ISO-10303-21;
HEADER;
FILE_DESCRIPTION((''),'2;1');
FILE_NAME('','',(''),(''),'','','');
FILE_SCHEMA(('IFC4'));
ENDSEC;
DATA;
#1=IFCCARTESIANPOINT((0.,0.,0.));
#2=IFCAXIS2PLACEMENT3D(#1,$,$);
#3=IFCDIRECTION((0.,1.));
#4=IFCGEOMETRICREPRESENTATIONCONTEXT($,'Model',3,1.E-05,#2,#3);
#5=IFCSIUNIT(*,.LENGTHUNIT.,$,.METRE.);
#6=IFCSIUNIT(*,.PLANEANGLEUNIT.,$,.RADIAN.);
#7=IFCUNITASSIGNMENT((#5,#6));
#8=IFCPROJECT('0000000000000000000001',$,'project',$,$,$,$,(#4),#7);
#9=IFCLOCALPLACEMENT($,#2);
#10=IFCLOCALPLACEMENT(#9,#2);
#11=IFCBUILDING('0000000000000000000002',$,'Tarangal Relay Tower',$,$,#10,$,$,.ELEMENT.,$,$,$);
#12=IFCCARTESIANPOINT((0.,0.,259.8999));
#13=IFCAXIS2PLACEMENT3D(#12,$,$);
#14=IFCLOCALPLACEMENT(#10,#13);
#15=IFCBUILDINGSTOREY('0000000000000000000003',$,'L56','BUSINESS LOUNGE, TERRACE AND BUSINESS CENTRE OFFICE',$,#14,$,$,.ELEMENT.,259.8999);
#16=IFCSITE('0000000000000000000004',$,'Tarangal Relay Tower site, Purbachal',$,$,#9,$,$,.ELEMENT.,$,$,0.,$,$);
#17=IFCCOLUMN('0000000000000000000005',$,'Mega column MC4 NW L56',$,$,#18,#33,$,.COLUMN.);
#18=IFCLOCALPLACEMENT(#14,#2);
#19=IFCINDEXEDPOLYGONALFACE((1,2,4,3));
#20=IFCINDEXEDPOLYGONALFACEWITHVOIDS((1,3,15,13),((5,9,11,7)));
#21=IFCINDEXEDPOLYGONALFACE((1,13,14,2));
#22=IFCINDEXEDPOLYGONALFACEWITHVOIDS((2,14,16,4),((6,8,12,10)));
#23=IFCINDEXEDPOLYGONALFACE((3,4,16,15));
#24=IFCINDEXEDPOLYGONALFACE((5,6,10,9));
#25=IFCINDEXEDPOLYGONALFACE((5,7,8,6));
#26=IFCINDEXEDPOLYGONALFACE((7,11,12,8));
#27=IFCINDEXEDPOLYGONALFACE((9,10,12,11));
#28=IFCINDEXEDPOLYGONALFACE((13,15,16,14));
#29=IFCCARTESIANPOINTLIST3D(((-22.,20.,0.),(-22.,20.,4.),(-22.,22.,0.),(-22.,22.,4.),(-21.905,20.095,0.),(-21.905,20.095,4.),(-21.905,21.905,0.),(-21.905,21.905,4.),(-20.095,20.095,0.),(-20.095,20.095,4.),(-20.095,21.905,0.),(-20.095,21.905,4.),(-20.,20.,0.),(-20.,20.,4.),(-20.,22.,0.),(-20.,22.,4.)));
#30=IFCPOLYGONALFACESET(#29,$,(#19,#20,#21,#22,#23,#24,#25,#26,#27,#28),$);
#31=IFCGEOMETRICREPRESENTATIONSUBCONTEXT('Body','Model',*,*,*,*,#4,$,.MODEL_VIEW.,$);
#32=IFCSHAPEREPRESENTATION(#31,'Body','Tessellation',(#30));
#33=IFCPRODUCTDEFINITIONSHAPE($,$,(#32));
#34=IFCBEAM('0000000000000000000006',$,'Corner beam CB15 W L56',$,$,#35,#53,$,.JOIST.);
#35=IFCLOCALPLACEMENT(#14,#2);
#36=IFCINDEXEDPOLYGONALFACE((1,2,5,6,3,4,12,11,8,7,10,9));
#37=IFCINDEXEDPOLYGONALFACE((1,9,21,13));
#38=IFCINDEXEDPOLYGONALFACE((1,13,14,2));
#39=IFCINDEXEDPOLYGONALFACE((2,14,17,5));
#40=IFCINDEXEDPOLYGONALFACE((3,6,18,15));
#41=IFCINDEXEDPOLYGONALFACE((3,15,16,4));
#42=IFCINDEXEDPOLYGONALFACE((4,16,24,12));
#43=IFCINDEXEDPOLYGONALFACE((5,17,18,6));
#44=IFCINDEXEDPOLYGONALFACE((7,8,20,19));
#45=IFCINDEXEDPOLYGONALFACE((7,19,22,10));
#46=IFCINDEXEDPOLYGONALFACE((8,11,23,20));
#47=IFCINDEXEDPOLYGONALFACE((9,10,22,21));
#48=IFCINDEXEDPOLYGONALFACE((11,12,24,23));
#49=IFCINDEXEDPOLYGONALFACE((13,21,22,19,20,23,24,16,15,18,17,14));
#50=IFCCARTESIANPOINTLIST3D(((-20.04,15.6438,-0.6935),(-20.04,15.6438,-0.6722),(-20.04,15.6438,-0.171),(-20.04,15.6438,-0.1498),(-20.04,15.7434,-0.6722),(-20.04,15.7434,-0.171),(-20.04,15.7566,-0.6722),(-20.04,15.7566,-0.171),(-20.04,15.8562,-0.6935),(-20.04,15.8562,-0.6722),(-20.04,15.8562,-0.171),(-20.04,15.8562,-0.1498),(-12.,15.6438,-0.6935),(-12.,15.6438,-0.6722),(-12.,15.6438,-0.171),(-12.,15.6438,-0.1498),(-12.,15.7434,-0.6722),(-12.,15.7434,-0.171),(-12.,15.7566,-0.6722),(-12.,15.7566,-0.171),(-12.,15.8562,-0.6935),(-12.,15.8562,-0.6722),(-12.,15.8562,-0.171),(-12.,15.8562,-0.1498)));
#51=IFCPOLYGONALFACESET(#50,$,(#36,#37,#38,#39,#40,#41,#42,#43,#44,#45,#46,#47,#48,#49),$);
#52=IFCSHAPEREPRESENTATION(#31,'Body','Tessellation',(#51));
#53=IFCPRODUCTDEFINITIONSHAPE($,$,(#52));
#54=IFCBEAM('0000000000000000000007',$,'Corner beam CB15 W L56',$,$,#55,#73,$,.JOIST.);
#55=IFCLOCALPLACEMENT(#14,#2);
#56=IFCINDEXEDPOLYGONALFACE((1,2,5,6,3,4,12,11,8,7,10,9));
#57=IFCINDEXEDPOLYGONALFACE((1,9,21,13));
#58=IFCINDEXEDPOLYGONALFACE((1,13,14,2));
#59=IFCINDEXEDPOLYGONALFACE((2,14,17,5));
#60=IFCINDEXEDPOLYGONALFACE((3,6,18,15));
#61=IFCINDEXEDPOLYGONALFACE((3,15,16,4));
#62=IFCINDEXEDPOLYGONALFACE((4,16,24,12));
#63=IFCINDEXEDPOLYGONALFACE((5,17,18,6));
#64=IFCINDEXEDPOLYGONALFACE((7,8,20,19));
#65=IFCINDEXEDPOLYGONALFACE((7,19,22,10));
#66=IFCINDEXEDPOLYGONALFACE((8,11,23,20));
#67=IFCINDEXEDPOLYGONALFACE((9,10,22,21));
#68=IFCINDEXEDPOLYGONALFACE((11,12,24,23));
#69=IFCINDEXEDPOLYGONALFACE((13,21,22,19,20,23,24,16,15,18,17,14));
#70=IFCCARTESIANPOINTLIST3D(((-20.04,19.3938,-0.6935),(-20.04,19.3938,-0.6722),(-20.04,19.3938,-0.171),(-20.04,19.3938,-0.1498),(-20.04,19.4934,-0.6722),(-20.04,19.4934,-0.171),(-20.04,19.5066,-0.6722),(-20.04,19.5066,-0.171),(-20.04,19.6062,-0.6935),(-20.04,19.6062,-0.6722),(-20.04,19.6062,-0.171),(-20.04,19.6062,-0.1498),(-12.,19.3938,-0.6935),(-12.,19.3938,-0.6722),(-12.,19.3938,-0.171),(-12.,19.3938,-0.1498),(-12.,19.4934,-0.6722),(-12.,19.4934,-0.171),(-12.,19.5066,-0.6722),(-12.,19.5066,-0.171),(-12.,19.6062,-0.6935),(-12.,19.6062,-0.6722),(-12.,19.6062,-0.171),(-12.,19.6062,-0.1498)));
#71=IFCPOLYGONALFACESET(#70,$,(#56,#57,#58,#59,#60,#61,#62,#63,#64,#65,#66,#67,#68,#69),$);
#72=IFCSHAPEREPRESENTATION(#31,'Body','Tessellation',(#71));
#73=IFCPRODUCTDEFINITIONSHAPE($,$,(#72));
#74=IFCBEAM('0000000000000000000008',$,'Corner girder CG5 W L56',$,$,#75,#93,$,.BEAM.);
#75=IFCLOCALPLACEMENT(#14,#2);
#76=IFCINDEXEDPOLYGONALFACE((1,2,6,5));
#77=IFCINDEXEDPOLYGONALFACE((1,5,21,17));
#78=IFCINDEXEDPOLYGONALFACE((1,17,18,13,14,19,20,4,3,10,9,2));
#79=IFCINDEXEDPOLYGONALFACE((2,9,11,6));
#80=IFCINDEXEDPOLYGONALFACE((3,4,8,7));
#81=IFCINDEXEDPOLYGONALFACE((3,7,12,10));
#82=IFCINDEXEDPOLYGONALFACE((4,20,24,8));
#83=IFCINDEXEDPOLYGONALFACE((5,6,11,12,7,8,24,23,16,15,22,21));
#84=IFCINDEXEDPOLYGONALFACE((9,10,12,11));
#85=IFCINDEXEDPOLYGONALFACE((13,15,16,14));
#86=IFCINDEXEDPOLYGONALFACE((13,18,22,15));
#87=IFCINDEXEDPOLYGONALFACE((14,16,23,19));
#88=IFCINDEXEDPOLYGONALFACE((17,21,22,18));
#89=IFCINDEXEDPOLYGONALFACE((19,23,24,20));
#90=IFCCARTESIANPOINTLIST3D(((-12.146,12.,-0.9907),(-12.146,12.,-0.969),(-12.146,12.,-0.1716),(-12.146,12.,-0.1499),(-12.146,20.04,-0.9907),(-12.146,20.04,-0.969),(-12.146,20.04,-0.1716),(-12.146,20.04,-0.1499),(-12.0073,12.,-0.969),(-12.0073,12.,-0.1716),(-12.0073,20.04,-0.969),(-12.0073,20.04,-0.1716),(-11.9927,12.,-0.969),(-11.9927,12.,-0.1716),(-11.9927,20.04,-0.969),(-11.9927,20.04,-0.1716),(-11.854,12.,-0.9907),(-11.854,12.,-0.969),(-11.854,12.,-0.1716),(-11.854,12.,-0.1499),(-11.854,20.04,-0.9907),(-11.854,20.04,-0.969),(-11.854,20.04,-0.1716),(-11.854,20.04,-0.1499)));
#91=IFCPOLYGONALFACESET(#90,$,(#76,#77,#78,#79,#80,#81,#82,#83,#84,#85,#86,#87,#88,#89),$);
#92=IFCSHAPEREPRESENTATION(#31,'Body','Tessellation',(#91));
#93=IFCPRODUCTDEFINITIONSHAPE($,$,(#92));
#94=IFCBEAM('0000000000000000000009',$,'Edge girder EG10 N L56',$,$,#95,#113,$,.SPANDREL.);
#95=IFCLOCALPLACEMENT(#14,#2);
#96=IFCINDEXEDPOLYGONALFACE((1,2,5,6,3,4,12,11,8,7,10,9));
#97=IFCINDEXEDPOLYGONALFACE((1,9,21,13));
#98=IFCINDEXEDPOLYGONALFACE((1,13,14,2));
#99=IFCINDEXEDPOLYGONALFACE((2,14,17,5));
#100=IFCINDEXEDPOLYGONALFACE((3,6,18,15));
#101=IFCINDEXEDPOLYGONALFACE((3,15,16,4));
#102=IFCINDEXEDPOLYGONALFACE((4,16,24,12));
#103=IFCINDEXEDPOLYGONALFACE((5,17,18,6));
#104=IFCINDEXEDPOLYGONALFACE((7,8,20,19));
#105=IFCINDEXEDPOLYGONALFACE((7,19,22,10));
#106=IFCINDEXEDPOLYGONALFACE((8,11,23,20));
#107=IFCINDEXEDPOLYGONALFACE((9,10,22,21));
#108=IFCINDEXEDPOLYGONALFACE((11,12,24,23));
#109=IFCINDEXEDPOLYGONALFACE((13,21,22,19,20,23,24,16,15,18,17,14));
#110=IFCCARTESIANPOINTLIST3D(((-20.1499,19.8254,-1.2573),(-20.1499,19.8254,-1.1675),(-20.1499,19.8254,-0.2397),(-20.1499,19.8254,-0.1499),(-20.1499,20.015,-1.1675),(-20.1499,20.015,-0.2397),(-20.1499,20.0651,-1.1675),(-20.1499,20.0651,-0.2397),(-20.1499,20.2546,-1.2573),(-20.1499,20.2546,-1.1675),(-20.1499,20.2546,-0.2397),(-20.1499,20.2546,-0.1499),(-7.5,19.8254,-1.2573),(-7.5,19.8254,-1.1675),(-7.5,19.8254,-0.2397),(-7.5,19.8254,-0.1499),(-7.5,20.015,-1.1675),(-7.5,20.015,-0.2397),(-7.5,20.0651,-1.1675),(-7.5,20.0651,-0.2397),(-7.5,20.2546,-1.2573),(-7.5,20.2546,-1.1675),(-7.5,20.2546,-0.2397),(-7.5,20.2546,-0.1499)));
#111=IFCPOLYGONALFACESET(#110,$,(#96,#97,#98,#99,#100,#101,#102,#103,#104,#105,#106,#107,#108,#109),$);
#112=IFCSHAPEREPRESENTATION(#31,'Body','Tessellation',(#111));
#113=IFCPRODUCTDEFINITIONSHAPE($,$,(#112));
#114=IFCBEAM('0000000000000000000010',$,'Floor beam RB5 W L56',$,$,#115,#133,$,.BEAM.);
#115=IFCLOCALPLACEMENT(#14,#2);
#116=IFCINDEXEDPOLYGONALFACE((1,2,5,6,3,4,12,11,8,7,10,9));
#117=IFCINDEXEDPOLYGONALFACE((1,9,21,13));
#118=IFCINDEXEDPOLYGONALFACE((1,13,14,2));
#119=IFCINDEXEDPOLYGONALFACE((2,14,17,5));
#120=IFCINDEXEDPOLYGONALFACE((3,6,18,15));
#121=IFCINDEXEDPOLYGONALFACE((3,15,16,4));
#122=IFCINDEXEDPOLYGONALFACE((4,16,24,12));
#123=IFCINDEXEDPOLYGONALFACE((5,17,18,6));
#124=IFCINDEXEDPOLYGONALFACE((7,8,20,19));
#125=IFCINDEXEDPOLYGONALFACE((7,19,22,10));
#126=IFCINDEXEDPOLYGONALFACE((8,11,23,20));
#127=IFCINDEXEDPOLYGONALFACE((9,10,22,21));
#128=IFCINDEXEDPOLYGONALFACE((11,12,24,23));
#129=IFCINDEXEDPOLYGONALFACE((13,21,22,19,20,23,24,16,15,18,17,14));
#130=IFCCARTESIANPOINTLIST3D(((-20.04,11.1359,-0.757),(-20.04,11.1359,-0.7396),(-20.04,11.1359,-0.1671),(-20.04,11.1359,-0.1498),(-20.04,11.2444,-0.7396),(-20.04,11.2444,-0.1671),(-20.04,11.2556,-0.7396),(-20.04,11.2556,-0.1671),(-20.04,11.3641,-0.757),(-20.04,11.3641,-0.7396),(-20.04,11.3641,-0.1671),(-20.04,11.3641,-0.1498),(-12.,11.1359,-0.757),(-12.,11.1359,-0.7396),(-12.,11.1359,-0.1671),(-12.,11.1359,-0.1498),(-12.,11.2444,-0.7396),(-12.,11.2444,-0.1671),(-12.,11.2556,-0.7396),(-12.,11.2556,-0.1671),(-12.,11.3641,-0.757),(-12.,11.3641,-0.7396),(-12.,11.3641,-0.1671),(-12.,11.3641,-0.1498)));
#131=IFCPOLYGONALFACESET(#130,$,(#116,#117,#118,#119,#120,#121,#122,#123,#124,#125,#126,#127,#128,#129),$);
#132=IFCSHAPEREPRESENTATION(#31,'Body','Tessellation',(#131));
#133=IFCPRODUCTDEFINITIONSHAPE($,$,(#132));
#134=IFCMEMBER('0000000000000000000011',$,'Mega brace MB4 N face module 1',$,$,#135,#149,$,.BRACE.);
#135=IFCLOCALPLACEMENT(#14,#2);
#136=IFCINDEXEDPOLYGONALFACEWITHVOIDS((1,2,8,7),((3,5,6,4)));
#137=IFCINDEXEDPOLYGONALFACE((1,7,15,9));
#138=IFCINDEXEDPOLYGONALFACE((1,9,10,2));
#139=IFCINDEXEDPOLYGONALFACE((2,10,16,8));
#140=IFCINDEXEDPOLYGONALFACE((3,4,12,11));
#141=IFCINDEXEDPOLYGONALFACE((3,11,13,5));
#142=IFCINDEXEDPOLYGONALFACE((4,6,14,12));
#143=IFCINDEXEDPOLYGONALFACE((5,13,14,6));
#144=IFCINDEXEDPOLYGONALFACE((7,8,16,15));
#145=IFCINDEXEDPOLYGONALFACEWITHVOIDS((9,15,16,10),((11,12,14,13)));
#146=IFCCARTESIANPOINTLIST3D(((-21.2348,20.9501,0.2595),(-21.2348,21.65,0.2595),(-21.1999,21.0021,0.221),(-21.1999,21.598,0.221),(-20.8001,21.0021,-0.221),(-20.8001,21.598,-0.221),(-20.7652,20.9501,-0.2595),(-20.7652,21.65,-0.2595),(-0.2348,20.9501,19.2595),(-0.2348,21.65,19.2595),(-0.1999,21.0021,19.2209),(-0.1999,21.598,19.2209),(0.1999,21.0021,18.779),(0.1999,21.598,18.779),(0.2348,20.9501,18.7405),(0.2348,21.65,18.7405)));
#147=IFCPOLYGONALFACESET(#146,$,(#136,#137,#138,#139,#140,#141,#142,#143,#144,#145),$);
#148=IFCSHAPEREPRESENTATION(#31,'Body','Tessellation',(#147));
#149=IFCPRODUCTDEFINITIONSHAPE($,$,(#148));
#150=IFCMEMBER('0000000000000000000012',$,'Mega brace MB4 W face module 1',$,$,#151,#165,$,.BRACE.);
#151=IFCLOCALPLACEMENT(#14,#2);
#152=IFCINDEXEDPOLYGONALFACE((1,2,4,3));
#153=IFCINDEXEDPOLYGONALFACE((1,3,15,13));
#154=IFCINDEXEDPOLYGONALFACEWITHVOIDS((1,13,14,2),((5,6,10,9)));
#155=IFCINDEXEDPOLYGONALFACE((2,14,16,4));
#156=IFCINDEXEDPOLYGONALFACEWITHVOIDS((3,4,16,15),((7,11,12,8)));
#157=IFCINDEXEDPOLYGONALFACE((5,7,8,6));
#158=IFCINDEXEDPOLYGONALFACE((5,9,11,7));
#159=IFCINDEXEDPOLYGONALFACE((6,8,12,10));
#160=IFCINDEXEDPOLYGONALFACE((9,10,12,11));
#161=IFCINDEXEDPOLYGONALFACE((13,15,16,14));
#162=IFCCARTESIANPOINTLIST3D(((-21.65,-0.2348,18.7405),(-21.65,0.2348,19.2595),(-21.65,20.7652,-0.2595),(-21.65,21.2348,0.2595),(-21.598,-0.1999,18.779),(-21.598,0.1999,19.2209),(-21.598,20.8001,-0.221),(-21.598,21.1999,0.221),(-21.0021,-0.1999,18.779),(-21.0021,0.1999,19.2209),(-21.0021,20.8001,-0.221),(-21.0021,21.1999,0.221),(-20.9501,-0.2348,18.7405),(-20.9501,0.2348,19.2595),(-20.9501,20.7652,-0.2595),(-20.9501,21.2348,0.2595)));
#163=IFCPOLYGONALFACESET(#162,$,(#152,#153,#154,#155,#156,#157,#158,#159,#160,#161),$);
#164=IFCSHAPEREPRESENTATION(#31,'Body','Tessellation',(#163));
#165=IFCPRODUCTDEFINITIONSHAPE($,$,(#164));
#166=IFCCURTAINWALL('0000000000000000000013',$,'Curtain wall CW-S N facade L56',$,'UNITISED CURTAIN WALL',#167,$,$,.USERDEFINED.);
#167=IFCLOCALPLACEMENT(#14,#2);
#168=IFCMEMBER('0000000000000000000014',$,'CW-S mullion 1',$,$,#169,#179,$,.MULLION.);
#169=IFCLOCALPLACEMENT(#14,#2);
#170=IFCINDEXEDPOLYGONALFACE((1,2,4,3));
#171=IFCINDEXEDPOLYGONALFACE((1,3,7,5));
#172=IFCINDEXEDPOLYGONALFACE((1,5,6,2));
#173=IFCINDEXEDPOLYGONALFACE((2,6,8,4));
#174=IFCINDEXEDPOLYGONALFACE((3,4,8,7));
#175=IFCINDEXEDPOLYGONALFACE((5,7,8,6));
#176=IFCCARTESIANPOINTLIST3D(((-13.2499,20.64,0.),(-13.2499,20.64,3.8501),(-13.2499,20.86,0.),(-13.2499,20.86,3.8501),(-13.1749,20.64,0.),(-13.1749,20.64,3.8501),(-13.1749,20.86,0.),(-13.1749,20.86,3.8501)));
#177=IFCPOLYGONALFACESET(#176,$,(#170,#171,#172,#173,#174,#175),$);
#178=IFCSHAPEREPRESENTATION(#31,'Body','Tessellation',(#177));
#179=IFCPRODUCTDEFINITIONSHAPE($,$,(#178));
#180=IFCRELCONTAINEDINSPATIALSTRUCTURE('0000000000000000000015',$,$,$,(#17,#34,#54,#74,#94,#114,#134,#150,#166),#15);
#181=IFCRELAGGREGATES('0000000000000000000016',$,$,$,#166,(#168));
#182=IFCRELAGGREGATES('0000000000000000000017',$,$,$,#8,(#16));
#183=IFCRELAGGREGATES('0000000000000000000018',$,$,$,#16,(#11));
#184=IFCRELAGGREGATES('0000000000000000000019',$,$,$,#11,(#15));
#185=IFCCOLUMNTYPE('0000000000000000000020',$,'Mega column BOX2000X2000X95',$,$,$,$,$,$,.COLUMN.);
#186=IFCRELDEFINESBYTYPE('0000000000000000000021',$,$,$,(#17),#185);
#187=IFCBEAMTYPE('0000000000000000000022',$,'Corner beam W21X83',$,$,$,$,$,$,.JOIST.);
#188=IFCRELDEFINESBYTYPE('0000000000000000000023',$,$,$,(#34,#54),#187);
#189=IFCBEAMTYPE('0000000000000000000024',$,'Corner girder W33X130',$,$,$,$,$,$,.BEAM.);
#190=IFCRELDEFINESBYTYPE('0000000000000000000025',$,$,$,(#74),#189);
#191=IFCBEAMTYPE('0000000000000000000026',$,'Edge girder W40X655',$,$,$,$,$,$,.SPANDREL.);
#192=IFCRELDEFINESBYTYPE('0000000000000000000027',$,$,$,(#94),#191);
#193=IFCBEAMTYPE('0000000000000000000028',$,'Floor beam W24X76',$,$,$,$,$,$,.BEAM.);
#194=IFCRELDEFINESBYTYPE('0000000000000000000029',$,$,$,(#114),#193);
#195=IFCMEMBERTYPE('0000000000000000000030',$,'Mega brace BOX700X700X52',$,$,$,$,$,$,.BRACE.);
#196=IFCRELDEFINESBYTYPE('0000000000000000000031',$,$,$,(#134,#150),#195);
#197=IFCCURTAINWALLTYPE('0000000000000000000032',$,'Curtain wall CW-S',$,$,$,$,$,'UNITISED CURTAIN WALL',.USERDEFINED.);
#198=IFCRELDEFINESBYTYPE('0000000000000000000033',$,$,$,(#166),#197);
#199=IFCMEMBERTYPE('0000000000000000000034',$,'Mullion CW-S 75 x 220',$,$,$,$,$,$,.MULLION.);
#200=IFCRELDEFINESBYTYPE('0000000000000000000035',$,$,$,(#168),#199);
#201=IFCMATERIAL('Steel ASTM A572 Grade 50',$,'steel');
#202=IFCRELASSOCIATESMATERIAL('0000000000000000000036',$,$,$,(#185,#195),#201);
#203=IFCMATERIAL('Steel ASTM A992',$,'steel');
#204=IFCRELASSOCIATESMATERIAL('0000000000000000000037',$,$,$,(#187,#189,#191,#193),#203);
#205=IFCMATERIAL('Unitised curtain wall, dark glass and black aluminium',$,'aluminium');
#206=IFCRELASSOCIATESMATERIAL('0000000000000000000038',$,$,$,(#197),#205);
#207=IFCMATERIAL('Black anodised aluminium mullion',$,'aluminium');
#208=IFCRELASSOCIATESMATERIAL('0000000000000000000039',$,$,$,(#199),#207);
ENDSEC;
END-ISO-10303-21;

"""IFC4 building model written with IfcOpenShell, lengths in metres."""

from ifc_helpers import new_model, si_unit, direction, frame, origin, origin_2d, place, context, subcontext, project, spatial, rectangle, hollow_rectangle, i_section, extrude, material, material_profile, profile_set, type_object, element, aggregate, save


model = new_model("IFC4")

# Units and contexts
model_context = context("Model", 3, precision=1e-05, world=origin(), true_north=direction((0.0, 1.0)))
body_context = subcontext(model_context, "Body", "Model", "MODEL_VIEW")
ifc_project = project(units=[si_unit("LENGTHUNIT", "METRE"), si_unit("PLANEANGLEUNIT", "RADIAN")], contexts=[model_context])

# Site, building, storey
site_placement = place(None, origin())
site = spatial("IfcSite", under=ifc_project, at=site_placement, Name="Tarangal Relay Tower site, Purbachal", CompositionType="ELEMENT", RefElevation=0.0)
building_placement = place(site_placement, origin())
building = spatial("IfcBuilding", under=site, at=building_placement, Name="Tarangal Relay Tower", CompositionType="ELEMENT")
storey_placement = place(building_placement, frame((0.0, 0.0, 259.8999)))
storey = spatial("IfcBuildingStorey", under=building, at=storey_placement, Name="L56", Description="BUSINESS LOUNGE, TERRACE AND BUSINESS CENTRE OFFICE", CompositionType="ELEMENT", Elevation=259.8999)

# Column
ifc_material_1 = material(Name="Steel ASTM A572 Grade 50", Category="steel")
ifc_material_profile_1 = material_profile(ifc_material_1, hollow_rectangle(XDim=2.0, YDim=2.0, WallThickness=0.095, at=origin_2d()), Name="BOX2000X2000X95")
ifc_profile_set_1 = profile_set([ifc_material_profile_1], Name="Steel ASTM A572 Grade 50")
column_type = type_object("IfcColumnType", Name="Mega column BOX2000X2000X95", PredefinedType="COLUMN", material=ifc_profile_set_1)
column_placement = place(storey_placement, frame((-21.0, 21.0, 0.0), z_axis=(0.0, 0.0, 1.0), x_axis=(1.0, 0.0, 0.0)))
element("IfcColumn", 1, at=column_placement, inside=storey, type_object=column_type, Name="Mega column MC4 NW L56", PredefinedType="COLUMN", context=body_context, shape_type="SweptSolid", body=[
    extrude(hollow_rectangle(XDim=2.0, YDim=2.0, WallThickness=0.095, at=origin_2d()), origin(), (0.0, 0.0, 1.0), 4.0),
])

# Beams
ifc_material_2 = material(Name="Steel ASTM A992", Category="steel")
ifc_material_profile_2 = material_profile(ifc_material_2, i_section(OverallWidth=0.2124, OverallDepth=0.5437, WebThickness=0.0132, FlangeThickness=0.0212, at=origin_2d()), Name="W21X83")
ifc_profile_set_2 = profile_set([ifc_material_profile_2], Name="Steel ASTM A992")
beam_type_1 = type_object("IfcBeamType", Name="Corner beam W21X83", PredefinedType="JOIST", material=ifc_profile_set_2)
for number, where, z_axis, x_axis, name in (
    (2, (-12.0, 15.75, -0.4216), (-1.0, 0.0, 0.0), (0.0, -1.0, 0.0), "Corner beam CB15 W L56"),
    (3, (-12.0, 19.5, -0.4216), (-1.0, 0.0, 0.0), (0.0, -1.0, 0.0), "Corner beam CB15 W L56"),
):
    element("IfcBeam", number, at=place(storey_placement, frame(where, z_axis=z_axis, x_axis=x_axis)), inside=storey, type_object=beam_type_1, Name=name, PredefinedType="JOIST", context=body_context, shape_type="SweptSolid", body=[
        extrude(i_section(OverallWidth=0.2124, OverallDepth=0.5437, WebThickness=0.0132, FlangeThickness=0.0212, at=origin_2d()), origin(), (0.0, 0.0, 1.0), 8.04),
    ])
ifc_material_profile_3 = material_profile(ifc_material_2, i_section(OverallWidth=0.292, OverallDepth=0.8408, WebThickness=0.0146, FlangeThickness=0.0217, at=origin_2d()), Name="W33X130")
ifc_profile_set_3 = profile_set([ifc_material_profile_3], Name="Steel ASTM A992")
beam_type_2 = type_object("IfcBeamType", Name="Corner girder W33X130", PredefinedType="BEAM", material=ifc_profile_set_3)
beam_1_placement = place(storey_placement, frame((-12.0, 12.0, -0.5703), z_axis=(0.0, 1.0, 0.0), x_axis=(-1.0, 0.0, 0.0)))
element("IfcBeam", 4, at=beam_1_placement, inside=storey, type_object=beam_type_2, Name="Corner girder CG5 W L56", PredefinedType="BEAM", context=body_context, shape_type="SweptSolid", body=[
    extrude(i_section(OverallWidth=0.292, OverallDepth=0.8408, WebThickness=0.0146, FlangeThickness=0.0217, at=origin_2d()), origin(), (0.0, 0.0, 1.0), 8.04),
])
ifc_material_profile_4 = material_profile(ifc_material_2, i_section(OverallWidth=0.4292, OverallDepth=1.1074, WebThickness=0.05, FlangeThickness=0.0898, at=origin_2d()), Name="W40X655")
ifc_profile_set_4 = profile_set([ifc_material_profile_4], Name="Steel ASTM A992")
beam_type_3 = type_object("IfcBeamType", Name="Edge girder W40X655", PredefinedType="SPANDREL", material=ifc_profile_set_4)
beam_2_placement = place(storey_placement, frame((-20.1499, 20.04, -0.7036), z_axis=(1.0, 0.0, 0.0), x_axis=(0.0, 1.0, 0.0)))
element("IfcBeam", 5, at=beam_2_placement, inside=storey, type_object=beam_type_3, Name="Edge girder EG10 N L56", PredefinedType="SPANDREL", context=body_context, shape_type="SweptSolid", body=[
    extrude(i_section(OverallWidth=0.4292, OverallDepth=1.1074, WebThickness=0.05, FlangeThickness=0.0898, at=origin_2d()), origin(), (0.0, 0.0, 1.0), 12.6499),
])
ifc_material_profile_5 = material_profile(ifc_material_2, i_section(OverallWidth=0.2283, OverallDepth=0.6072, WebThickness=0.0112, FlangeThickness=0.0173, at=origin_2d()), Name="W24X76")
ifc_profile_set_5 = profile_set([ifc_material_profile_5], Name="Steel ASTM A992")
beam_type_4 = type_object("IfcBeamType", Name="Floor beam W24X76", PredefinedType="BEAM", material=ifc_profile_set_5)
beam_3_placement = place(storey_placement, frame((-12.0, 11.25, -0.4534), z_axis=(-1.0, 0.0, 0.0), x_axis=(0.0, -1.0, 0.0)))
element("IfcBeam", 6, at=beam_3_placement, inside=storey, type_object=beam_type_4, Name="Floor beam RB5 W L56", PredefinedType="BEAM", context=body_context, shape_type="SweptSolid", body=[
    extrude(i_section(OverallWidth=0.2283, OverallDepth=0.6072, WebThickness=0.0112, FlangeThickness=0.0173, at=origin_2d()), origin(), (0.0, 0.0, 1.0), 8.04),
])

# Members
ifc_material_profile_6 = material_profile(ifc_material_1, hollow_rectangle(XDim=0.7, YDim=0.7, WallThickness=0.052, at=origin_2d()), Name="BOX700X700X52")
ifc_profile_set_6 = profile_set([ifc_material_profile_6], Name="Steel ASTM A572 Grade 50")
member_type_1 = type_object("IfcMemberType", Name="Mega brace BOX700X700X52", PredefinedType="BRACE", material=ifc_profile_set_6)
for number, where, z_axis, x_axis, name in (
    (7, (-21.0, 21.3, 0.0), (0.741536, 0.0, 0.670913), (0.0, 1.0, 0.0), "Mega brace MB4 N face module 1"),
    (8, (-21.3, 21.0, 0.0), (0.0, -0.741536, 0.670913), (1.0, 0.0, 0.0), "Mega brace MB4 W face module 1"),
):
    element("IfcMember", number, at=place(storey_placement, frame(where, z_axis=z_axis, x_axis=x_axis)), inside=storey, type_object=member_type_1, Name=name, PredefinedType="BRACE", context=body_context, shape_type="SweptSolid", body=[
        extrude(hollow_rectangle(XDim=0.7, YDim=0.7, WallThickness=0.052, at=origin_2d()), origin(), (0.0, 0.0, 1.0), 28.3196),
    ])

# Curtain wall, member
ifc_material_3 = material(Name="Unitised curtain wall, dark glass and black aluminium", Category="aluminium")
curtain_wall_type = type_object("IfcCurtainWallType", Name="Curtain wall CW-S", ElementType="UNITISED CURTAIN WALL", PredefinedType="USERDEFINED", material=ifc_material_3)
curtain_wall_1_placement = place(storey_placement, origin())
curtain_wall_1 = element("IfcCurtainWall", 9, at=curtain_wall_1_placement, inside=storey, type_object=curtain_wall_type, Name="Curtain wall CW-S N facade L56", ObjectType="UNITISED CURTAIN WALL", PredefinedType="USERDEFINED")
ifc_material_4 = material(Name="Black anodised aluminium mullion", Category="aluminium")
ifc_material_profile_7 = material_profile(ifc_material_4, rectangle(XDim=0.22, YDim=0.075, at=origin_2d()), Name="CW-SM 75X220")
ifc_profile_set_7 = profile_set([ifc_material_profile_7], Name="Black anodised aluminium mullion")
member_type_2 = type_object("IfcMemberType", Name="Mullion CW-S 75 x 220", PredefinedType="MULLION", material=ifc_profile_set_7)
member_1_placement = place(storey_placement, frame((-13.2124, 20.75, 0.0), z_axis=(0.0, 0.0, 1.0), x_axis=(0.0, 1.0, 0.0)))
member_1 = element("IfcMember", 10, at=member_1_placement, type_object=member_type_2, Name="CW-S mullion 1", PredefinedType="MULLION", context=body_context, shape_type="SweptSolid", body=[
    extrude(rectangle(XDim=0.22, YDim=0.075, at=origin_2d()), origin(), (0.0, 0.0, 1.0), 3.8501),
])

aggregate(curtain_wall_1, [member_1])

save(model, "model.ifc")
